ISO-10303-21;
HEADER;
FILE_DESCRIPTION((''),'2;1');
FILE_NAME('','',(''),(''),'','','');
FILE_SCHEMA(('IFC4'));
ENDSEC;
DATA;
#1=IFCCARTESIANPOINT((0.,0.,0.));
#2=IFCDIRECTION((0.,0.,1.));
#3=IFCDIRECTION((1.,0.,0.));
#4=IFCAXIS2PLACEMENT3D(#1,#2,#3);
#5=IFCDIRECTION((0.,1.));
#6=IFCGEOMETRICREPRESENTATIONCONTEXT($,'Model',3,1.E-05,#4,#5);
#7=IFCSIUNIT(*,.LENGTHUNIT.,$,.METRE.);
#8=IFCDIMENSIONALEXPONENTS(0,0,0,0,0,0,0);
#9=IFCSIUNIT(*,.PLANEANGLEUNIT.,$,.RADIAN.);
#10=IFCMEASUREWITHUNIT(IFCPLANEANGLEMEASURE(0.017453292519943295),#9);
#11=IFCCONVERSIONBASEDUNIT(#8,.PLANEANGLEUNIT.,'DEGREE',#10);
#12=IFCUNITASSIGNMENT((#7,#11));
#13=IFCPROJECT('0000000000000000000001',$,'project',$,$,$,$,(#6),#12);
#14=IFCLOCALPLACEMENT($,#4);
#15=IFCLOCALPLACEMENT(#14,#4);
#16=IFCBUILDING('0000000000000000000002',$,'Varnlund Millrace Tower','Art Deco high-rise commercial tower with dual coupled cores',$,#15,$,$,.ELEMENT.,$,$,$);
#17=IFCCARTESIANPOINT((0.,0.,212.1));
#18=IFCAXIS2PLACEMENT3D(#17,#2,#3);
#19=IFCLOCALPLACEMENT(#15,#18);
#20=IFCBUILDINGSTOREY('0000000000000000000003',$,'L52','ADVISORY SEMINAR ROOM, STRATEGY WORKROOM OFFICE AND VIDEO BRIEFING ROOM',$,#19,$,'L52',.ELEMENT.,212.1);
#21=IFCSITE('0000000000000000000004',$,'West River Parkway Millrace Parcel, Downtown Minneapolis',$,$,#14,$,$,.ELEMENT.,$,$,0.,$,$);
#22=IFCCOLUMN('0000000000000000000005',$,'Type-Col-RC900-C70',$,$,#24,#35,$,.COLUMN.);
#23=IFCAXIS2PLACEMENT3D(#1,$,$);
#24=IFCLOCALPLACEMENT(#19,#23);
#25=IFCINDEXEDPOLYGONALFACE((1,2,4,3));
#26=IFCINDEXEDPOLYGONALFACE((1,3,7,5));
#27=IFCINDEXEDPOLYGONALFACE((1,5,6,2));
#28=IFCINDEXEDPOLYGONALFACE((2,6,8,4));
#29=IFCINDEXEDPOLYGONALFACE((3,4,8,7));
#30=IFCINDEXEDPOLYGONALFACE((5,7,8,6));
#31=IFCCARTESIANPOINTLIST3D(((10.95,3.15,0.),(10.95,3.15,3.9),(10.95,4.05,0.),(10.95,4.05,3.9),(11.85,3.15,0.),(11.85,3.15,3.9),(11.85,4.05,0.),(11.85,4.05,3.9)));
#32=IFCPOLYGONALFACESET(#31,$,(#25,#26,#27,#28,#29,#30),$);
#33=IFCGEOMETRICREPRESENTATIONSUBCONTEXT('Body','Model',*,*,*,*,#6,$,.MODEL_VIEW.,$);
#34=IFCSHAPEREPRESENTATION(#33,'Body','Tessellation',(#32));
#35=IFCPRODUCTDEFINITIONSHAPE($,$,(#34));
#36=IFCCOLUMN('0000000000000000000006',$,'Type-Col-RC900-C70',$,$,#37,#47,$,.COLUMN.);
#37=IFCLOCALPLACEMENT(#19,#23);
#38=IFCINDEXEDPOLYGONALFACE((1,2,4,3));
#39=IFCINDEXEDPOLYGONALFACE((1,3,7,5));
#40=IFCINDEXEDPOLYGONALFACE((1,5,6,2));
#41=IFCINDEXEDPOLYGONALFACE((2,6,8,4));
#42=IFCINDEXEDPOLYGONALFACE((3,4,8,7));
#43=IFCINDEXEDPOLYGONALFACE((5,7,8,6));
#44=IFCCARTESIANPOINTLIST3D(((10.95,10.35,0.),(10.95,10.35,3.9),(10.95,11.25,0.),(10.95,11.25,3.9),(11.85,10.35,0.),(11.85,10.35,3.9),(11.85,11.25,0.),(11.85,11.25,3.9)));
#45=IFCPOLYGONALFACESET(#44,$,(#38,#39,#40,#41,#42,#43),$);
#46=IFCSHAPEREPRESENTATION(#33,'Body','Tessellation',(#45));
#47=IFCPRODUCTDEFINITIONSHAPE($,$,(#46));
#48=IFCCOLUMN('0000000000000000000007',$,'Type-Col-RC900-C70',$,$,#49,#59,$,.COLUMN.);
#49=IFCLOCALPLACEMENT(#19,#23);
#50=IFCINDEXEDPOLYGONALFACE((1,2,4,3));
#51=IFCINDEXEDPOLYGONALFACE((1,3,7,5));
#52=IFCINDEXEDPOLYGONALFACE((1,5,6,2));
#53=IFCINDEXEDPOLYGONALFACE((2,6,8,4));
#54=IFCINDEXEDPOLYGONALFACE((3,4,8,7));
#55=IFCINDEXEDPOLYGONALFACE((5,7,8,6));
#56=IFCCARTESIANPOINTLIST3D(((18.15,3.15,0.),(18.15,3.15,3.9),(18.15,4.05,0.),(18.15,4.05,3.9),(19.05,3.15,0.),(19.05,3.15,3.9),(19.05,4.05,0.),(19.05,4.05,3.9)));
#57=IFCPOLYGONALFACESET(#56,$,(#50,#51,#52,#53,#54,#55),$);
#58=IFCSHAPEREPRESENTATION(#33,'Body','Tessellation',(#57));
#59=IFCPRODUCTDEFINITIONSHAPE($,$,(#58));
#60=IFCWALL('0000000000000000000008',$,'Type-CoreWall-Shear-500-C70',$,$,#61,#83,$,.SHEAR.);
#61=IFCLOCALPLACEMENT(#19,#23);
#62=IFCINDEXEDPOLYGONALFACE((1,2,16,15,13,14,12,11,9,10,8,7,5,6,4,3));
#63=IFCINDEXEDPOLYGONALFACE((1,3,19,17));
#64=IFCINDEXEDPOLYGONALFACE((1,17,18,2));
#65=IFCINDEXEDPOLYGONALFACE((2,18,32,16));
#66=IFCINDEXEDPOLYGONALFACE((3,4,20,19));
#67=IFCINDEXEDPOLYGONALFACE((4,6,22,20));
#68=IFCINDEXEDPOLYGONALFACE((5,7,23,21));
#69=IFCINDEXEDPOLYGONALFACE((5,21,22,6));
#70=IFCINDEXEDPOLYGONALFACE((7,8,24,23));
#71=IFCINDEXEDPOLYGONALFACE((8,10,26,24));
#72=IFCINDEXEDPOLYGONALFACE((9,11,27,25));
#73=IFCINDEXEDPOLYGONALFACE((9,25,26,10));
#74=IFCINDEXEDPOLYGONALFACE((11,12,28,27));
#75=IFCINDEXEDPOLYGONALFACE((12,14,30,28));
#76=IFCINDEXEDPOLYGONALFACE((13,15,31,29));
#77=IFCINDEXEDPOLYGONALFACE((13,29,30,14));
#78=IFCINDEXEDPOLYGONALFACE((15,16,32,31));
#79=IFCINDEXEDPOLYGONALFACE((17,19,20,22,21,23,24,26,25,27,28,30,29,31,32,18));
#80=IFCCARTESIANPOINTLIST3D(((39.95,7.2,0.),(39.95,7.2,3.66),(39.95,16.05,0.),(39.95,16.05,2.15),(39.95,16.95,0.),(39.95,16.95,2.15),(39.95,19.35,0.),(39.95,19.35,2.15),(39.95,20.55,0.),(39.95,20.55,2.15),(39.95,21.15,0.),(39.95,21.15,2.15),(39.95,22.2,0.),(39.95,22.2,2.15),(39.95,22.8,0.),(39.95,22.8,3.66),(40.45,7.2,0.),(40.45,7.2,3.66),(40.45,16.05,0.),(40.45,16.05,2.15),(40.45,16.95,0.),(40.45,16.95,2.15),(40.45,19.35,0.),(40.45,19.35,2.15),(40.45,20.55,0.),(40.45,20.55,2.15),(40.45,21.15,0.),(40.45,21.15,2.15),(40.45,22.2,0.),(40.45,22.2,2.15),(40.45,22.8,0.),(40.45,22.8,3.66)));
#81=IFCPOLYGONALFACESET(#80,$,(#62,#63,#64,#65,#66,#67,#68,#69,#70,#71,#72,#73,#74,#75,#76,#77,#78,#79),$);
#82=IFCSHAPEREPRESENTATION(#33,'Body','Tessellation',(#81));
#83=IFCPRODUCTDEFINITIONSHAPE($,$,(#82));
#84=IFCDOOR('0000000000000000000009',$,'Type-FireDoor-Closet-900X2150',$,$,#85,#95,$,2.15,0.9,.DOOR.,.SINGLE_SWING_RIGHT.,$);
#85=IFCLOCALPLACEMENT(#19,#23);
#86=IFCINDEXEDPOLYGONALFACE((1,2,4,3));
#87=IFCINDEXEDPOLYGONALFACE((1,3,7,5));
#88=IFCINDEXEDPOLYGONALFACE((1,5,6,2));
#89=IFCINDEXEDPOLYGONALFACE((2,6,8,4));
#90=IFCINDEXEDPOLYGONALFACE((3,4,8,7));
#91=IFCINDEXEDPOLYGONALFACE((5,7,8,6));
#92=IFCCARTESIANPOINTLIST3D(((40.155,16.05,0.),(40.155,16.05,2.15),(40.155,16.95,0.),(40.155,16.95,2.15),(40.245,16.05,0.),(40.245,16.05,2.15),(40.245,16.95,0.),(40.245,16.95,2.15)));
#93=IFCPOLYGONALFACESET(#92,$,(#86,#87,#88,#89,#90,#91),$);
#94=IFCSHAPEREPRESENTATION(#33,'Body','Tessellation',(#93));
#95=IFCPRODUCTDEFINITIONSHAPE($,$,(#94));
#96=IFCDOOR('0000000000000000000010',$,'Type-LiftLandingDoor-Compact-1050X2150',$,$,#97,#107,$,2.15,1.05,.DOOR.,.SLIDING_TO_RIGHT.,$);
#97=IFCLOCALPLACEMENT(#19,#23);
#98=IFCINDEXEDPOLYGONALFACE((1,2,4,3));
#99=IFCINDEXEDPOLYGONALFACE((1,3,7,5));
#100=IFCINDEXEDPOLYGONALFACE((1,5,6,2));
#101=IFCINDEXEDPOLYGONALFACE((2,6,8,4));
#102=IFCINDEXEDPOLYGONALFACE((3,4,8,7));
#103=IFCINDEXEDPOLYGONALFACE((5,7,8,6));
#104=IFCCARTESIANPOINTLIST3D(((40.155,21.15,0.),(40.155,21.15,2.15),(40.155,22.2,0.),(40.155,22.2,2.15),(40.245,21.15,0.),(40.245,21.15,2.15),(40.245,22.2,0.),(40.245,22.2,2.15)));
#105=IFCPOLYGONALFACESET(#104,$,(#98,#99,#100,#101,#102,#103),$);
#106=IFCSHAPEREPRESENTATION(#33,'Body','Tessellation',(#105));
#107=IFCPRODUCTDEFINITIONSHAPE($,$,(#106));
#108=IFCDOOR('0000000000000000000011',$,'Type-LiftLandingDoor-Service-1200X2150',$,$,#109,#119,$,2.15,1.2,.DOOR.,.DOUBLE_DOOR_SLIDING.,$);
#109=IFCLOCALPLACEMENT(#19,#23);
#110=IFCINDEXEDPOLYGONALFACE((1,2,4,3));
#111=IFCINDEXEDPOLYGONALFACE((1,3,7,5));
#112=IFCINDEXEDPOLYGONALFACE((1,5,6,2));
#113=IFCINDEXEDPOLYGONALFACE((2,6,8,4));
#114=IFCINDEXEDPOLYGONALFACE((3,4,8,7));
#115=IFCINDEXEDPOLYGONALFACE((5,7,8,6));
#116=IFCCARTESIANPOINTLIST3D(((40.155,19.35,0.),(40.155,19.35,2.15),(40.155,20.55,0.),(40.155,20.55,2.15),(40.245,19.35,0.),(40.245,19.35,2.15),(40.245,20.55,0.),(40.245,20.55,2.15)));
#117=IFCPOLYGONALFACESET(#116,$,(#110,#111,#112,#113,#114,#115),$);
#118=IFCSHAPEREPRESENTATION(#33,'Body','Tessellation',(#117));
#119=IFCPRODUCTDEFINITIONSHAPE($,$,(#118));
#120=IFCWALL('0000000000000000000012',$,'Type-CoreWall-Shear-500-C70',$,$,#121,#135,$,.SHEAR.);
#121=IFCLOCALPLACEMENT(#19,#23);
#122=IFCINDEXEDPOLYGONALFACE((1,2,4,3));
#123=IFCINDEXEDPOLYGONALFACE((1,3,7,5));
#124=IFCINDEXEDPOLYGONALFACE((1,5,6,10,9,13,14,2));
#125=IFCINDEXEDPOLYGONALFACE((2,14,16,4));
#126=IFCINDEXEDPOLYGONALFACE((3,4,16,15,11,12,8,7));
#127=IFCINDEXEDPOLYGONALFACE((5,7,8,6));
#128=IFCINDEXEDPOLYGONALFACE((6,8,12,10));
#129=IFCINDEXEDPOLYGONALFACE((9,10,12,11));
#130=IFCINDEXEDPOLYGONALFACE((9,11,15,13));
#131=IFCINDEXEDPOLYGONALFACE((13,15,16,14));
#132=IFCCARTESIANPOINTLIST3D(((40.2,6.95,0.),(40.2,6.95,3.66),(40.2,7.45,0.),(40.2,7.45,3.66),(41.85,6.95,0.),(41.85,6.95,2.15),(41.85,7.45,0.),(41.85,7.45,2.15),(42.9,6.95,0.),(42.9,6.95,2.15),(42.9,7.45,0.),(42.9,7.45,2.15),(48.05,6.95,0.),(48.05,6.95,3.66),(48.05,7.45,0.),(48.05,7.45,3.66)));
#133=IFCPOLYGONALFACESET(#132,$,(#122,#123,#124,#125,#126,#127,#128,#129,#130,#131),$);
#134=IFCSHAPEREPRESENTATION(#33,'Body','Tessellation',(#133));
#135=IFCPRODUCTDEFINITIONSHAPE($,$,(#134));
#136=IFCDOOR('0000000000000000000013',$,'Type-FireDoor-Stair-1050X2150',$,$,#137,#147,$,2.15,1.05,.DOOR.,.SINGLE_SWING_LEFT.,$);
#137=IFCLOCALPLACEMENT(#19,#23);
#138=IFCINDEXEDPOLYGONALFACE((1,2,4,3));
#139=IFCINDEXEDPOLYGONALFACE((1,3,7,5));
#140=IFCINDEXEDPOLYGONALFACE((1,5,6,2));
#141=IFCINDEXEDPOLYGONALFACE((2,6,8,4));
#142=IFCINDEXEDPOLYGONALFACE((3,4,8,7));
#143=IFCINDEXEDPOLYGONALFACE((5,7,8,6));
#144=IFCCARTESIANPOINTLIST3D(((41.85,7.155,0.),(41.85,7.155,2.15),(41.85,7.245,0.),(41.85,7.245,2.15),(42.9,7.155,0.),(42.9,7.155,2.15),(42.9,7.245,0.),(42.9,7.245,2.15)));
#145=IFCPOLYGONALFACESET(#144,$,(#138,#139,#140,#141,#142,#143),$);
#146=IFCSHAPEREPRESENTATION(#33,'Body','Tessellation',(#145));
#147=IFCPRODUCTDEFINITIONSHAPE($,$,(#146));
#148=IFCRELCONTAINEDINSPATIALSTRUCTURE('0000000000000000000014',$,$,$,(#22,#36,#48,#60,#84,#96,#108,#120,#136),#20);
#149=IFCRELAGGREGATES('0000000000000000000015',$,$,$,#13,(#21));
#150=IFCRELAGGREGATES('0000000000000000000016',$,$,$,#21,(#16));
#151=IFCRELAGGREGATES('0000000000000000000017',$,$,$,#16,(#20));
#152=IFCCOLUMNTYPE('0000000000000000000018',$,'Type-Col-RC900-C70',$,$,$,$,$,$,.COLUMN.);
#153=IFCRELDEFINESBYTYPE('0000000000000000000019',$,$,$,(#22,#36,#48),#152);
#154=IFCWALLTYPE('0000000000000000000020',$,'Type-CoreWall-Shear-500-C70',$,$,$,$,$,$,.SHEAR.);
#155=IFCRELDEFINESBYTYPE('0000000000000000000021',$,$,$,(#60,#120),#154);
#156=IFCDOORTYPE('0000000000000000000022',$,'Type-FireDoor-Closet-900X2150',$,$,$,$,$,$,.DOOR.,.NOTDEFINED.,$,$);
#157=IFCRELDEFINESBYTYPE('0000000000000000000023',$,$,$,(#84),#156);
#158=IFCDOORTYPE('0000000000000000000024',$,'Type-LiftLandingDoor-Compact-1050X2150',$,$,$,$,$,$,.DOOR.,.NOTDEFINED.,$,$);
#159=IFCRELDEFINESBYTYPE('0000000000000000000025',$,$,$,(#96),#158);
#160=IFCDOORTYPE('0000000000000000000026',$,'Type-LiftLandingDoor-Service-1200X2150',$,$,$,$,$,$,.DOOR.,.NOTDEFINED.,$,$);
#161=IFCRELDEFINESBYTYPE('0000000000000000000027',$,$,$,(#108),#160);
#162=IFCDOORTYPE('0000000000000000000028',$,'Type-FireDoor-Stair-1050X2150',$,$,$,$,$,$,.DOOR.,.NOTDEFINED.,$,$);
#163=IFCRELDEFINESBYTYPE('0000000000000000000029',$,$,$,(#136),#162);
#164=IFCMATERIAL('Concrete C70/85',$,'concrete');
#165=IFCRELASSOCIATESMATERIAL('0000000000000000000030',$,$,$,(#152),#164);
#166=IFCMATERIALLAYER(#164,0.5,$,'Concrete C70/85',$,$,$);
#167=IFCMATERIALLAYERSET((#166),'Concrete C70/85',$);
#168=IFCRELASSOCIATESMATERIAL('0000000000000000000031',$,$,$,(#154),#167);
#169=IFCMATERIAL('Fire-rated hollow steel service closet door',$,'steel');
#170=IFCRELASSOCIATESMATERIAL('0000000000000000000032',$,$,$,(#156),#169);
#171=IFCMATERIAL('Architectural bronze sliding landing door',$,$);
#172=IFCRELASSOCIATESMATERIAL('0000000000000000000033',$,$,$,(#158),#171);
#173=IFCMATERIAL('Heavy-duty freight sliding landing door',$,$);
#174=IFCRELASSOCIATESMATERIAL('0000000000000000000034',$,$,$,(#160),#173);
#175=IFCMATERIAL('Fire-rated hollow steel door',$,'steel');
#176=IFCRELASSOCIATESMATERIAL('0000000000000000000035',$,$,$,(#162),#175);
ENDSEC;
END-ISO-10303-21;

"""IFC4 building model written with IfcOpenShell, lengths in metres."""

from ifc_helpers import new_model, entity, si_unit, converted_unit, direction, frame, origin_with_axes, origin_2d_with_axis, place, context, subcontext, project, spatial, polyline, rectangle, outline, extrude, material, layer, layer_set, material_profile, profile_set, type_object, element, fill, save


model = new_model("IFC4")

# Units and contexts
model_context = context("Model", 3, precision=1e-05, world=origin_with_axes(), true_north=direction((0.0, 1.0)))
body_context = subcontext(model_context, "Body", "Model", "MODEL_VIEW")
ifc_project = project(units=[si_unit("LENGTHUNIT", "METRE"), converted_unit("PLANEANGLEUNIT", "DEGREE", entity("IfcPlaneAngleMeasure", 0.017453292519943295), si_unit("PLANEANGLEUNIT", "RADIAN"), dimensions=[0, 0, 0, 0, 0, 0, 0])], contexts=[model_context])

# Site, building, storey
site_placement = place(None, origin_with_axes())
site = spatial("IfcSite", under=ifc_project, at=site_placement, Name="West River Parkway Millrace Parcel, Downtown Minneapolis", CompositionType="ELEMENT", RefElevation=0.0)
building_placement = place(site_placement, origin_with_axes())
building = spatial("IfcBuilding", under=site, at=building_placement, Name="Varnlund Millrace Tower", Description="Art Deco high-rise commercial tower with dual coupled cores", CompositionType="ELEMENT")
storey_placement = place(building_placement, frame((0.0, 0.0, 212.1), z_axis=(0.0, 0.0, 1.0), x_axis=(1.0, 0.0, 0.0)))
storey = spatial("IfcBuildingStorey", under=building, at=storey_placement, Name="L52", Description="ADVISORY SEMINAR ROOM, STRATEGY WORKROOM OFFICE AND VIDEO BRIEFING ROOM", LongName="L52", CompositionType="ELEMENT", Elevation=212.1)

# Columns
ifc_material_1 = material(Name="Concrete C70/85", Category="concrete")
ifc_material_profile = material_profile(ifc_material_1, rectangle(XDim=0.9, YDim=0.9, at=origin_2d_with_axis()), Name="Concrete C70/85")
ifc_profile_set = profile_set([ifc_material_profile], Name="Concrete C70/85")
column_type = type_object("IfcColumnType", Name="Type-Col-RC900-C70", PredefinedType="COLUMN", material=ifc_profile_set)
for number, where, z_axis, x_axis, name in (
    (1, (11.4, 3.6, 0.0), (0.0, 0.0, 1.0), (1.0, 0.0, 0.0), "Type-Col-RC900-C70"),
    (2, (11.4, 10.8, 0.0), (0.0, 0.0, 1.0), (1.0, 0.0, 0.0), "Type-Col-RC900-C70"),
    (3, (18.6, 3.6, 0.0), (0.0, 0.0, 1.0), (1.0, 0.0, 0.0), "Type-Col-RC900-C70"),
):
    element("IfcColumn", number, at=place(storey_placement, frame(where, z_axis=z_axis, x_axis=x_axis)), inside=storey, type_object=column_type, Name=name, PredefinedType="COLUMN", context=body_context, shape_type="SweptSolid", body=[
        extrude(rectangle(XDim=0.9, YDim=0.9, at=origin_2d_with_axis()), origin_with_axes(), (0.0, 0.0, 1.0), 3.9),
    ])

# Wall, openings, doors
ifc_layer_1 = layer(ifc_material_1, 0.5, Name="Concrete C70/85")
ifc_layer_set_1 = layer_set([ifc_layer_1], Name="Concrete C70/85")
wall_type_1 = type_object("IfcWallType", Name="Type-CoreWall-Shear-500-C70", PredefinedType="SHEAR", material=ifc_layer_set_1)
wall_1_placement = place(storey_placement, frame((40.2, 7.2, 0.0), z_axis=(0.0, 0.0, 1.0), x_axis=(0.0, 1.0, 0.0)))
wall_1 = element("IfcWall", 4, at=wall_1_placement, inside=storey, type_object=wall_type_1, Name="Type-CoreWall-Shear-500-C70", PredefinedType="SHEAR", context=body_context, shape_type="SweptSolid", body=[
    extrude(outline(polyline([(0.0, -0.25), (15.6, -0.25), (15.6, 0.25), (0.0, 0.25), (0.0, -0.25)])), origin_with_axes(), (0.0, 0.0, 1.0), 3.66),
])
opening_1_placement = place(wall_1_placement, frame((14.475, 0.0, 0.0), z_axis=(0.0, 0.0, 1.0), x_axis=(1.0, 0.0, 0.0)))
opening_1 = element("IfcOpeningElement", 5, at=opening_1_placement, cuts=wall_1, PredefinedType="OPENING", context=body_context, shape_type="SweptSolid", body=[
    extrude(rectangle(XDim=1.05, YDim=0.52, at=origin_2d_with_axis()), origin_with_axes(), (0.0, 0.0, 1.0), 2.15),
])
opening_2_placement = place(wall_1_placement, frame((12.75, 0.0, 0.0), z_axis=(0.0, 0.0, 1.0), x_axis=(1.0, 0.0, 0.0)))
opening_2 = element("IfcOpeningElement", 6, at=opening_2_placement, cuts=wall_1, PredefinedType="OPENING", context=body_context, shape_type="SweptSolid", body=[
    extrude(rectangle(XDim=1.2, YDim=0.52, at=origin_2d_with_axis()), origin_with_axes(), (0.0, 0.0, 1.0), 2.15),
])
opening_3_placement = place(wall_1_placement, frame((9.3, 0.0, 0.0), z_axis=(0.0, 0.0, 1.0), x_axis=(1.0, 0.0, 0.0)))
opening_3 = element("IfcOpeningElement", 7, at=opening_3_placement, cuts=wall_1, PredefinedType="OPENING", context=body_context, shape_type="SweptSolid", body=[
    extrude(rectangle(XDim=0.9, YDim=0.52, at=origin_2d_with_axis()), origin_with_axes(), (0.0, 0.0, 1.0), 2.15),
])
ifc_material_2 = material(Name="Fire-rated hollow steel service closet door", Category="steel")
door_type_1 = type_object("IfcDoorType", Name="Type-FireDoor-Closet-900X2150", OperationType="NOTDEFINED", PredefinedType="DOOR", material=ifc_material_2)
door_1_placement = place(wall_1_placement, frame((9.3, 0.0, 0.0), z_axis=(0.0, 0.0, 1.0), x_axis=(1.0, 0.0, 0.0)))
door_1 = element("IfcDoor", 8, at=door_1_placement, inside=storey, type_object=door_type_1, Name="Type-FireDoor-Closet-900X2150", OperationType="SINGLE_SWING_RIGHT", OverallHeight=2.15, OverallWidth=0.9, PredefinedType="DOOR", context=body_context, shape_type="SweptSolid", body=[
    extrude(rectangle(XDim=0.9, YDim=0.09, at=origin_2d_with_axis()), origin_with_axes(), (0.0, 0.0, 1.0), 2.15),
])
fill(opening_3, door_1)
ifc_material_3 = material(Name="Architectural bronze sliding landing door")
door_type_2 = type_object("IfcDoorType", Name="Type-LiftLandingDoor-Compact-1050X2150", OperationType="NOTDEFINED", PredefinedType="DOOR", material=ifc_material_3)
door_2_placement = place(wall_1_placement, frame((14.475, 0.0, 0.0), z_axis=(0.0, 0.0, 1.0), x_axis=(1.0, 0.0, 0.0)))
door_2 = element("IfcDoor", 9, at=door_2_placement, inside=storey, type_object=door_type_2, Name="Type-LiftLandingDoor-Compact-1050X2150", OperationType="SLIDING_TO_RIGHT", OverallHeight=2.15, OverallWidth=1.05, PredefinedType="DOOR", context=body_context, shape_type="SweptSolid", body=[
    extrude(rectangle(XDim=1.05, YDim=0.09, at=origin_2d_with_axis()), origin_with_axes(), (0.0, 0.0, 1.0), 2.15),
])
fill(opening_1, door_2)
ifc_material_4 = material(Name="Heavy-duty freight sliding landing door")
door_type_3 = type_object("IfcDoorType", Name="Type-LiftLandingDoor-Service-1200X2150", OperationType="NOTDEFINED", PredefinedType="DOOR", material=ifc_material_4)
door_3_placement = place(wall_1_placement, frame((12.75, 0.0, 0.0), z_axis=(0.0, 0.0, 1.0), x_axis=(1.0, 0.0, 0.0)))
door_3 = element("IfcDoor", 10, at=door_3_placement, inside=storey, type_object=door_type_3, Name="Type-LiftLandingDoor-Service-1200X2150", OperationType="DOUBLE_DOOR_SLIDING", OverallHeight=2.15, OverallWidth=1.2, PredefinedType="DOOR", context=body_context, shape_type="SweptSolid", body=[
    extrude(rectangle(XDim=1.2, YDim=0.09, at=origin_2d_with_axis()), origin_with_axes(), (0.0, 0.0, 1.0), 2.15),
])
fill(opening_2, door_3)

# Wall, opening, door
wall_2_placement = place(storey_placement, frame((40.2, 7.2, 0.0), z_axis=(0.0, 0.0, 1.0), x_axis=(1.0, 0.0, 0.0)))
wall_2 = element("IfcWall", 11, at=wall_2_placement, inside=storey, type_object=wall_type_1, Name="Type-CoreWall-Shear-500-C70", PredefinedType="SHEAR", context=body_context, shape_type="SweptSolid", body=[
    extrude(outline(polyline([(0.0, -0.25), (7.85, -0.25), (7.85, 0.25), (0.0, 0.25), (0.0, -0.25)])), origin_with_axes(), (0.0, 0.0, 1.0), 3.66),
])
opening_4_placement = place(wall_2_placement, frame((2.175, 0.0, 0.0), z_axis=(0.0, 0.0, 1.0), x_axis=(1.0, 0.0, 0.0)))
opening_4 = element("IfcOpeningElement", 12, at=opening_4_placement, cuts=wall_2, PredefinedType="OPENING", context=body_context, shape_type="SweptSolid", body=[
    extrude(rectangle(XDim=1.05, YDim=0.52, at=origin_2d_with_axis()), origin_with_axes(), (0.0, 0.0, 1.0), 2.15),
])
ifc_material_5 = material(Name="Fire-rated hollow steel door", Category="steel")
door_type_4 = type_object("IfcDoorType", Name="Type-FireDoor-Stair-1050X2150", OperationType="NOTDEFINED", PredefinedType="DOOR", material=ifc_material_5)
door_4_placement = place(wall_2_placement, frame((2.175, 0.0, 0.0), z_axis=(0.0, 0.0, 1.0), x_axis=(1.0, 0.0, 0.0)))
door_4 = element("IfcDoor", 13, at=door_4_placement, inside=storey, type_object=door_type_4, Name="Type-FireDoor-Stair-1050X2150", OperationType="SINGLE_SWING_LEFT", OverallHeight=2.15, OverallWidth=1.05, PredefinedType="DOOR", context=body_context, shape_type="SweptSolid", body=[
    extrude(rectangle(XDim=1.05, YDim=0.09, at=origin_2d_with_axis()), origin_with_axes(), (0.0, 0.0, 1.0), 2.15),
])
fill(opening_4, door_4)

save(model, "model.ifc")
